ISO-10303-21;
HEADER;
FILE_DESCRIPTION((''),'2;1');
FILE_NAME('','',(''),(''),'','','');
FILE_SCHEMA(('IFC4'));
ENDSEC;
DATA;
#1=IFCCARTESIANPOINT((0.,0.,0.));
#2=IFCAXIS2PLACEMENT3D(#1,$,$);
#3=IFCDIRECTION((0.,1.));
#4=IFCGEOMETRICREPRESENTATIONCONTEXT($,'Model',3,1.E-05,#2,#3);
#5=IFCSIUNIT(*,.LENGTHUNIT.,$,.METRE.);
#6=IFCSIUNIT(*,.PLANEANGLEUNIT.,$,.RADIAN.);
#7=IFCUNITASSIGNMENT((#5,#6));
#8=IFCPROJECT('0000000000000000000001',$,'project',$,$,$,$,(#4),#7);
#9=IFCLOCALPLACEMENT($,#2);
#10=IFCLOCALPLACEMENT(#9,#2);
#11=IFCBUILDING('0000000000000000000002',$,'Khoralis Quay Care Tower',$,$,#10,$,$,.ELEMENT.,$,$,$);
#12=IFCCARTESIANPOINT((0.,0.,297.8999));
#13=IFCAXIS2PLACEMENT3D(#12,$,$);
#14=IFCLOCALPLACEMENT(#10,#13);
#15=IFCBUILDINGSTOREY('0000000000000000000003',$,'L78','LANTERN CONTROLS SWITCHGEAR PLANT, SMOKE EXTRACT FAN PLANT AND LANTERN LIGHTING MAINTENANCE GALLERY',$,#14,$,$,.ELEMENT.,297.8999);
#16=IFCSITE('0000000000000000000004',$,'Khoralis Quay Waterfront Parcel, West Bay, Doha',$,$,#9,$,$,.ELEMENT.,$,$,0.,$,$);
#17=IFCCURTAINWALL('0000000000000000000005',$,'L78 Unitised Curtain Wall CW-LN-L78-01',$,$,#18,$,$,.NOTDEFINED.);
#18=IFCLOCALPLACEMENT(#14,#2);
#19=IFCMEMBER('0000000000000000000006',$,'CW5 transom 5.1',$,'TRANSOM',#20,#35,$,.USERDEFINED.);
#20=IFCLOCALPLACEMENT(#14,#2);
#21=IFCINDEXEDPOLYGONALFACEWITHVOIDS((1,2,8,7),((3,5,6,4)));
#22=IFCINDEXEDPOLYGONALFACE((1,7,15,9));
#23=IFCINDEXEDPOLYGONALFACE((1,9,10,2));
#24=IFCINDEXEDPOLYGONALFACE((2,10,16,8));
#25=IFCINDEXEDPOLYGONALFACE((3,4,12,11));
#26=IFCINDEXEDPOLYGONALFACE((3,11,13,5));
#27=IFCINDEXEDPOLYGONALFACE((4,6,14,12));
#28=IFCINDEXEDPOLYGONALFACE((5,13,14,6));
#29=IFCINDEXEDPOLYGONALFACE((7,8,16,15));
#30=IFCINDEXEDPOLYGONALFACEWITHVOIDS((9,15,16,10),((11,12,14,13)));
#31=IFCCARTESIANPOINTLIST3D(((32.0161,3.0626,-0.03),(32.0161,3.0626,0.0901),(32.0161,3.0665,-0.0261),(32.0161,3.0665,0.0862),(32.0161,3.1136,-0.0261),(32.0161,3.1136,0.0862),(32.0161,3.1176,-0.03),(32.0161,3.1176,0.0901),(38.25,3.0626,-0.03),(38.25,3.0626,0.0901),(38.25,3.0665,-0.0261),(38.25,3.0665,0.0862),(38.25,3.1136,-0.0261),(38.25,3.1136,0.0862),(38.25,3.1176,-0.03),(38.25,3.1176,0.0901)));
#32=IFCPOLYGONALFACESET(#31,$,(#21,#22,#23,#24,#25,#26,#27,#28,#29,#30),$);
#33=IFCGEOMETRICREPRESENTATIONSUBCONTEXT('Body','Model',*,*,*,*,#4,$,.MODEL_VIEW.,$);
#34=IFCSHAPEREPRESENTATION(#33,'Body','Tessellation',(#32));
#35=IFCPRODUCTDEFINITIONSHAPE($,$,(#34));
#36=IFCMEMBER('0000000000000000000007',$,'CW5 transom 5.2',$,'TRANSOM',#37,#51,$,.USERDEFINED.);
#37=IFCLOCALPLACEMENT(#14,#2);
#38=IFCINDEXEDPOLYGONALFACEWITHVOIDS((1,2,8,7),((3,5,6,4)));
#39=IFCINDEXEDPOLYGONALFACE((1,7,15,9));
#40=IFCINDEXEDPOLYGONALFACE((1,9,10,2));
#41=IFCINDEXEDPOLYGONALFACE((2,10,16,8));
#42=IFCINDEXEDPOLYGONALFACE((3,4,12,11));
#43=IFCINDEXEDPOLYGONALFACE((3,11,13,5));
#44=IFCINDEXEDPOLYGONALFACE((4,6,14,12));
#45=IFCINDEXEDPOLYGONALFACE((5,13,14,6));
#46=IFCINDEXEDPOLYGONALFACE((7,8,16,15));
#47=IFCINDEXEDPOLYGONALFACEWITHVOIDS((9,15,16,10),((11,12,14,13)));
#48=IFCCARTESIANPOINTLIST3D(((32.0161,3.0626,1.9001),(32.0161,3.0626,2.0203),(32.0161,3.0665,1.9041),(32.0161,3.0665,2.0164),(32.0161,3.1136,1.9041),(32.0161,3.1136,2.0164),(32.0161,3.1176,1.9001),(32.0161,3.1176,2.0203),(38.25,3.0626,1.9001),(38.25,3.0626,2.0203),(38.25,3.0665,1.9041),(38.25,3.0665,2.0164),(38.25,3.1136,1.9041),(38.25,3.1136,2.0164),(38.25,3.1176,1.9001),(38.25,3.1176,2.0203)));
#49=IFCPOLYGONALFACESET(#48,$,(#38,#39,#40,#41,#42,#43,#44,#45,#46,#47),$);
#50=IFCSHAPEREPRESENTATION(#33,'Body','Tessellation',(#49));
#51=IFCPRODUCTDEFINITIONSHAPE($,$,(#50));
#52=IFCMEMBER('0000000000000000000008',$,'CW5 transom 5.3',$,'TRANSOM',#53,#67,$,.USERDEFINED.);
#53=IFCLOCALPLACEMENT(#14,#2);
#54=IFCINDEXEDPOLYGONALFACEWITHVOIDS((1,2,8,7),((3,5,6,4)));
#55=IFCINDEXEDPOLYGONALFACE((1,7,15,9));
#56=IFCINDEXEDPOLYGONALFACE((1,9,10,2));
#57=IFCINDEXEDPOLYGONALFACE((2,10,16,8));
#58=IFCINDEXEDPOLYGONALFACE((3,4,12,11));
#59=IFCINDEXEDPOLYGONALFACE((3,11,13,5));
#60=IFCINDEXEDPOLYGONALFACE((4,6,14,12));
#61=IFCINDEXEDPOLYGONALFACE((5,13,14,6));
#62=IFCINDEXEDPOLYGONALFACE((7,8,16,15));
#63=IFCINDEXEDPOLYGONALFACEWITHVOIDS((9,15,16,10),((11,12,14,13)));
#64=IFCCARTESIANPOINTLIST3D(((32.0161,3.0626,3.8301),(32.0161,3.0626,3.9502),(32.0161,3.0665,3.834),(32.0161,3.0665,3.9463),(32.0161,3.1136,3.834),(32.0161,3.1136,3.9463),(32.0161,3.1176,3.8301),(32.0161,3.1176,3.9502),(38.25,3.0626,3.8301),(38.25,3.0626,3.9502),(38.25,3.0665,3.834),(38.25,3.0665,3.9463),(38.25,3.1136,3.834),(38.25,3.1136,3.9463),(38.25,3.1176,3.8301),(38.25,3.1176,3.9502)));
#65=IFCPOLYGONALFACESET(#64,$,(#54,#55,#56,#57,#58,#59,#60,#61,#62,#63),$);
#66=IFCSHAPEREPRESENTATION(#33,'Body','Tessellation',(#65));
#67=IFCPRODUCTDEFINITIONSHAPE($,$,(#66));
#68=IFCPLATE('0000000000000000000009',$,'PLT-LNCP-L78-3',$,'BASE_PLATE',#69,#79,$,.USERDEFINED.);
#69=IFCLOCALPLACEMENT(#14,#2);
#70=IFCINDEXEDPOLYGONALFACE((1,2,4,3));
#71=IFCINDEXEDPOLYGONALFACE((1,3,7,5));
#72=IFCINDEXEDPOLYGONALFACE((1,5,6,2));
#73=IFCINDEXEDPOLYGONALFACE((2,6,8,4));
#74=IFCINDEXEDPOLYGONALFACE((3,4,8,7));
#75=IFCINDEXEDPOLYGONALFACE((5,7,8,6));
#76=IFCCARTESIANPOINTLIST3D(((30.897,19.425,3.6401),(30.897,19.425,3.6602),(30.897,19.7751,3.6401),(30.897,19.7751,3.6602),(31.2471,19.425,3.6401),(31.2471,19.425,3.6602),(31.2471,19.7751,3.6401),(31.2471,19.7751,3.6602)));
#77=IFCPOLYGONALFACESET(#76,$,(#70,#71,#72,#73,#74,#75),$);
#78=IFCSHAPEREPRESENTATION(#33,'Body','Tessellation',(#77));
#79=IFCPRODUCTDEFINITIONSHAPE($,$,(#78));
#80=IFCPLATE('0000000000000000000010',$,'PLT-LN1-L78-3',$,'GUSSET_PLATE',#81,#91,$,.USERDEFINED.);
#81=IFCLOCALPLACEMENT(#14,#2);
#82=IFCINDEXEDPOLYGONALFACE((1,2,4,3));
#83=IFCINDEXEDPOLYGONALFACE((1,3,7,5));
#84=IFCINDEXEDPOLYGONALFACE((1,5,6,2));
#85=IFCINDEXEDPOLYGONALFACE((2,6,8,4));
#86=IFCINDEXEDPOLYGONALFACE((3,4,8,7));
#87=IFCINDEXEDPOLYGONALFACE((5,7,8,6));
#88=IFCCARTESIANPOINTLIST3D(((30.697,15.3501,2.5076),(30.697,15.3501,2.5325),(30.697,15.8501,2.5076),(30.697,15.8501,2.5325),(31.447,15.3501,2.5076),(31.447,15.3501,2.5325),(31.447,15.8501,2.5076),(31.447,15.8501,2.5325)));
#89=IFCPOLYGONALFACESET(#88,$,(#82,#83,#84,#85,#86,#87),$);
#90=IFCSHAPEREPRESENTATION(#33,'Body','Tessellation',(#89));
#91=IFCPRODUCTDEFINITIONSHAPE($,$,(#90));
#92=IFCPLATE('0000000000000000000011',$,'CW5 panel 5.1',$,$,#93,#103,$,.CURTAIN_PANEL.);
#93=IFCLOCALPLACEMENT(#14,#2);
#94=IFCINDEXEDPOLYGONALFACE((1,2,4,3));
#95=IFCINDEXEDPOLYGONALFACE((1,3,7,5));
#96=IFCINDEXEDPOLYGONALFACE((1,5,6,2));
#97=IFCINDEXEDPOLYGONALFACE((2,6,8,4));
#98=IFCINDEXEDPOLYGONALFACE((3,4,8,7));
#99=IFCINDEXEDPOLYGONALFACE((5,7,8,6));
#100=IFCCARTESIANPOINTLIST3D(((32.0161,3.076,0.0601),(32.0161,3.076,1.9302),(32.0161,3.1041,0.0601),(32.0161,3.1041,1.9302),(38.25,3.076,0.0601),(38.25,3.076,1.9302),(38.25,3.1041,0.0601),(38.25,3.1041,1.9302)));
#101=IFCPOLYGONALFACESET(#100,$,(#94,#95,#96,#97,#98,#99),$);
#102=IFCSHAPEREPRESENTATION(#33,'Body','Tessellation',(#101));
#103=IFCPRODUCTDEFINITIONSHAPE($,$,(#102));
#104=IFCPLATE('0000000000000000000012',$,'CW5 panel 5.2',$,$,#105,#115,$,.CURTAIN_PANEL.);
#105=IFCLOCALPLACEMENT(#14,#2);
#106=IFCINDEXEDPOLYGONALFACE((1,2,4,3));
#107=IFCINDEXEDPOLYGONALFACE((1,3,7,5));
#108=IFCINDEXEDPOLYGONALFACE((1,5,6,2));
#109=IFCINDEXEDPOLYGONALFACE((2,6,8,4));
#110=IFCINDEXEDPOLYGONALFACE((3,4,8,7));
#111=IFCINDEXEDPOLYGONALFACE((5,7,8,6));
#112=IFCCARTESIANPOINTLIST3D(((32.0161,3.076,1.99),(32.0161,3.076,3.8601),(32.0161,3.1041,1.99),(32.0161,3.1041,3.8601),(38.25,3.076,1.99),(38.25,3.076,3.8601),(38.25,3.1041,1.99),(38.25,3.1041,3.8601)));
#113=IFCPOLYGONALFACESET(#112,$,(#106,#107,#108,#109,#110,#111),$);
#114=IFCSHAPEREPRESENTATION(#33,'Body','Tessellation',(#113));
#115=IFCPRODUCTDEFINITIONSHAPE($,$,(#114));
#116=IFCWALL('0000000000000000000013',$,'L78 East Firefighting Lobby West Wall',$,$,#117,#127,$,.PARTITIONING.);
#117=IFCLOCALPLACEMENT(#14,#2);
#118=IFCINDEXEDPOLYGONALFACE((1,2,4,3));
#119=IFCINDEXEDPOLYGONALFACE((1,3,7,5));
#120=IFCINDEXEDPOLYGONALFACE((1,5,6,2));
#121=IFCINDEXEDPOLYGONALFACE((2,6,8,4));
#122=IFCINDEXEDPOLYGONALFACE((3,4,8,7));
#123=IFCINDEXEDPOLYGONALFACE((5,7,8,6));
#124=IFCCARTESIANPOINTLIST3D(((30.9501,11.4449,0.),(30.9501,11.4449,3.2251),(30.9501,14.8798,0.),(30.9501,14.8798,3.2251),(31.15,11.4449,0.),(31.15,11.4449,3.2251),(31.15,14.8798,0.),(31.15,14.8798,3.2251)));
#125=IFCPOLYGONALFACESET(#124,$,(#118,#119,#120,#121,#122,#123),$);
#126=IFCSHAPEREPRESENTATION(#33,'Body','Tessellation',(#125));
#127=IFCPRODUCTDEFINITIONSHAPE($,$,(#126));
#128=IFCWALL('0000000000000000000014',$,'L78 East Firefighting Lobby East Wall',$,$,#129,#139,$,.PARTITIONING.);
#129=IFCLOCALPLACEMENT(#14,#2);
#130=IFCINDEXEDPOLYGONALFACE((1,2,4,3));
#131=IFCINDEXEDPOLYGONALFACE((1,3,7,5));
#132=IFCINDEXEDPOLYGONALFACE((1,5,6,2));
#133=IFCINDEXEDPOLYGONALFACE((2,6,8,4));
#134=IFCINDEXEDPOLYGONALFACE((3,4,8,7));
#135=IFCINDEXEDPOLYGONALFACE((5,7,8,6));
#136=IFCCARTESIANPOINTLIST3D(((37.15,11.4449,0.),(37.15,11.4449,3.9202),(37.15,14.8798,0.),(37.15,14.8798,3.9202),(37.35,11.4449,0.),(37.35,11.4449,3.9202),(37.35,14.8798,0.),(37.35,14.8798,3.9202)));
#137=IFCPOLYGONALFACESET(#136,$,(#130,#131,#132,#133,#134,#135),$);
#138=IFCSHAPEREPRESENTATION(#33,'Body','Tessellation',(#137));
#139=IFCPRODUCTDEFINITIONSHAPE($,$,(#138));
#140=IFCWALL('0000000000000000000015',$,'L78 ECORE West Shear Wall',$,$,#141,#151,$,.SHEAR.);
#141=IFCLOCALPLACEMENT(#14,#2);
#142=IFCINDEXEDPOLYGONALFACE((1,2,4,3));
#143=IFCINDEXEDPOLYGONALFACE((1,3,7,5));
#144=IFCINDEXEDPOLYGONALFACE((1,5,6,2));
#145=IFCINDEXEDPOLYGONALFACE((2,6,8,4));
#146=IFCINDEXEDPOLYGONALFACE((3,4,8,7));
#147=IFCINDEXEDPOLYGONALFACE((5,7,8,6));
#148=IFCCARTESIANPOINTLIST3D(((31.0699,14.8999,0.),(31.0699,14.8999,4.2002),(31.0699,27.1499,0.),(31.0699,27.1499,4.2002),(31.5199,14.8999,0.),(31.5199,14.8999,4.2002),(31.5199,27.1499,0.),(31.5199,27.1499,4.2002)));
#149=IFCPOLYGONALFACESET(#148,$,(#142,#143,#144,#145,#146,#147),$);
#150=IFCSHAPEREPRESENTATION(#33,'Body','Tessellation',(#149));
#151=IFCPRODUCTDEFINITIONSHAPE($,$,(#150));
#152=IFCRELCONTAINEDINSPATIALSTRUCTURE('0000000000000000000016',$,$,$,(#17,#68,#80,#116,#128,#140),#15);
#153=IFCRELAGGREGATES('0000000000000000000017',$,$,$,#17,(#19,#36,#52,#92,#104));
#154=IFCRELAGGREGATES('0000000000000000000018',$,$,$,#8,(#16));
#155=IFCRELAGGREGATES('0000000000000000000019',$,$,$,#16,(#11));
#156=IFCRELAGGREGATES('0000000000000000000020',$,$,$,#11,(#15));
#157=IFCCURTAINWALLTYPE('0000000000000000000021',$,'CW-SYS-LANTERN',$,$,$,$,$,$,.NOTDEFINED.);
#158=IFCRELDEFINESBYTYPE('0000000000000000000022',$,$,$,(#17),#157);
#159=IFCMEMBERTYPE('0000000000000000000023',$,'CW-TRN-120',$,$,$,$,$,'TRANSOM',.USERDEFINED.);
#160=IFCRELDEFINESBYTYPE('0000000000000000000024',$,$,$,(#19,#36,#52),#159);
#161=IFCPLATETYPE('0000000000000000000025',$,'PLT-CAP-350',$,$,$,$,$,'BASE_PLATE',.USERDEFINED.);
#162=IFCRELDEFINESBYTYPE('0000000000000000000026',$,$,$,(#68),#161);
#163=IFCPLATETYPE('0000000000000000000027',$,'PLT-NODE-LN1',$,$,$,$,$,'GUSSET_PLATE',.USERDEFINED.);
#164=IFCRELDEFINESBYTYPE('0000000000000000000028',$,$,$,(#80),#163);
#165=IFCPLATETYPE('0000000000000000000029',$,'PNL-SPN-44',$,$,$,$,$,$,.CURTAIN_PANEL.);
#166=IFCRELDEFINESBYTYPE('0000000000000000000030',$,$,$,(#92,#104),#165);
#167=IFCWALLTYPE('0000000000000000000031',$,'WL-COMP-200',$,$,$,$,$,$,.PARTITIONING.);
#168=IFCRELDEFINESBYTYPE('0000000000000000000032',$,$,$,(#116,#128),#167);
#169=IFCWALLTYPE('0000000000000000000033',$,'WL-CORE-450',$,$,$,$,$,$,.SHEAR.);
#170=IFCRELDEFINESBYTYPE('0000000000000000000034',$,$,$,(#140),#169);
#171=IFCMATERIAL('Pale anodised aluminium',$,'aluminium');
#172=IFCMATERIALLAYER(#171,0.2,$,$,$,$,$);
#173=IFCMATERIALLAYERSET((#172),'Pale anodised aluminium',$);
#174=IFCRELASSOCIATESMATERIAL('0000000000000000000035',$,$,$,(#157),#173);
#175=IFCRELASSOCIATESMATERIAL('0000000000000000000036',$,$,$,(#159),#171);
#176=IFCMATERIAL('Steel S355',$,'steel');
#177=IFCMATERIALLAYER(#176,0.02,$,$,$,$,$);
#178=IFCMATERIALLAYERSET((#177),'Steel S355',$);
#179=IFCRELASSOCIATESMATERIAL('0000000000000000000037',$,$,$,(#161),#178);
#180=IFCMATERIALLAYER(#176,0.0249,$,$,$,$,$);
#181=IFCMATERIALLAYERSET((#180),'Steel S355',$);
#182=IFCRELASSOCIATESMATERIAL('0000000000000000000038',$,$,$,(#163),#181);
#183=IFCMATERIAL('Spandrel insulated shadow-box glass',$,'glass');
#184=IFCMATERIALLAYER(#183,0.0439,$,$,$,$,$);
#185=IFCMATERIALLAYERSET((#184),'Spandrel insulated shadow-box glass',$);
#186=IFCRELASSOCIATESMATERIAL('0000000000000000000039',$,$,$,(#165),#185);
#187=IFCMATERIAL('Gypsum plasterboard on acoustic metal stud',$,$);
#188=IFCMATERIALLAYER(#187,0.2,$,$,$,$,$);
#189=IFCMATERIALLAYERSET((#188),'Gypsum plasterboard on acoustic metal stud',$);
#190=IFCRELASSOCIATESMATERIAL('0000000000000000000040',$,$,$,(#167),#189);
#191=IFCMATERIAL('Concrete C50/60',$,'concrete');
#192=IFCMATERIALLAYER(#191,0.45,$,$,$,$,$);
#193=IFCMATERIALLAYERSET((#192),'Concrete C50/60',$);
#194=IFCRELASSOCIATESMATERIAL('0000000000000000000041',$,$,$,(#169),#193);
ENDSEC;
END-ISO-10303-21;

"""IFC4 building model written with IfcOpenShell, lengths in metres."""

from ifc_helpers import new_model, si_unit, direction, frame, frame_2d, origin, origin_2d, place, context, subcontext, project, spatial, rectangle, hollow_rectangle, extrude, source, transform, mapped, material, layer, layer_set, material_profile, profile_set, type_object, element, aggregate, save


model = new_model("IFC4")

# Units and contexts
model_context = context("Model", 3, precision=1e-05, world=origin(), true_north=direction((0.0, 1.0)))
body_context = subcontext(model_context, "Body", "Model", "MODEL_VIEW")
ifc_project = project(units=[si_unit("LENGTHUNIT", "METRE"), si_unit("PLANEANGLEUNIT", "RADIAN")], contexts=[model_context])

# Site, building, storey
site_placement = place(None, origin())
site = spatial("IfcSite", under=ifc_project, at=site_placement, Name="Khoralis Quay Waterfront Parcel, West Bay, Doha", CompositionType="ELEMENT", RefElevation=0.0)
building_placement = place(site_placement, origin())
building = spatial("IfcBuilding", under=site, at=building_placement, Name="Khoralis Quay Care Tower", CompositionType="ELEMENT")
storey_placement = place(building_placement, frame((0.0, 0.0, 297.8999)))
storey = spatial("IfcBuildingStorey", under=building, at=storey_placement, Name="L78", Description="LANTERN CONTROLS SWITCHGEAR PLANT, SMOKE EXTRACT FAN PLANT AND LANTERN LIGHTING MAINTENANCE GALLERY", CompositionType="ELEMENT", Elevation=297.8999)

# Shared definitions
ifc_material_1 = material(Name="Steel S355", Category="steel")

# Curtain wall, members
ifc_material_2 = material(Name="Pale anodised aluminium", Category="aluminium")
ifc_layer_1 = layer(ifc_material_2, 0.2)
ifc_layer_set_1 = layer_set([ifc_layer_1], Name="Pale anodised aluminium")
curtain_wall_type = type_object("IfcCurtainWallType", Name="CW-SYS-LANTERN", PredefinedType="NOTDEFINED", material=ifc_layer_set_1)
curtain_wall_placement = place(storey_placement, origin())
curtain_wall = element("IfcCurtainWall", 1, at=curtain_wall_placement, inside=storey, type_object=curtain_wall_type, Name="L78 Unitised Curtain Wall CW-LN-L78-01", PredefinedType="NOTDEFINED")
ifc_material_profile_1 = material_profile(ifc_material_2, hollow_rectangle(XDim=0.0549, YDim=0.1201, WallThickness=0.0039, at=origin_2d()), Name="Pale anodised aluminium")
ifc_profile_set_1 = profile_set([ifc_material_profile_1], Name="Pale anodised aluminium")
member_type_1 = type_object("IfcMemberType", Name="CW-TRN-120", ElementType="TRANSOM", PredefinedType="USERDEFINED", material=ifc_profile_set_1)
shared_shape_1 = source(origin(), body_context, "Body", "SweptSolid", [
    extrude(hollow_rectangle(XDim=0.0549, YDim=0.1201, WallThickness=0.0039, at=origin_2d()), origin(), (0.0, 0.0, 1.0), 6.2339),
])
member_1_placement = place(storey_placement, frame((32.0161, 3.0901, 0.03), z_axis=(1.0, 0.0, 0.0), x_axis=(0.0, 1.0, 0.0)))
member_1 = element("IfcMember", 2, at=member_1_placement, type_object=member_type_1, Name="CW5 transom 5.1", ObjectType="TRANSOM", PredefinedType="USERDEFINED", context=body_context, shape_type="MappedRepresentation", body=[
    mapped(shared_shape_1, transform((0.0, 0.0, 0.0), scale=1.0)),
])
member_2_placement = place(storey_placement, frame((32.0161, 3.0901, 1.9602), z_axis=(1.0, 0.0, 0.0), x_axis=(0.0, 1.0, 0.0)))
member_2 = element("IfcMember", 3, at=member_2_placement, type_object=member_type_1, Name="CW5 transom 5.2", ObjectType="TRANSOM", PredefinedType="USERDEFINED", context=body_context, shape_type="MappedRepresentation", body=[
    mapped(shared_shape_1, transform((0.0, 0.0, 0.0), scale=1.0)),
])
member_3_placement = place(storey_placement, frame((32.0161, 3.0901, 3.8901), z_axis=(1.0, 0.0, 0.0), x_axis=(0.0, 1.0, 0.0)))
member_3 = element("IfcMember", 4, at=member_3_placement, type_object=member_type_1, Name="CW5 transom 5.3", ObjectType="TRANSOM", PredefinedType="USERDEFINED", context=body_context, shape_type="MappedRepresentation", body=[
    mapped(shared_shape_1, transform((0.0, 0.0, 0.0), scale=1.0)),
])

# Plates
ifc_layer_2 = layer(ifc_material_1, 0.02)
ifc_layer_set_2 = layer_set([ifc_layer_2], Name="Steel S355")
plate_type_1 = type_object("IfcPlateType", Name="PLT-CAP-350", ElementType="BASE_PLATE", PredefinedType="USERDEFINED", material=ifc_layer_set_2)
shared_shape_2 = source(origin(), body_context, "Body", "SweptSolid", [
    extrude(rectangle(XDim=0.3501, YDim=0.3501, at=origin_2d()), origin(), (0.0, 0.0, 1.0), 0.02),
])
plate_1_placement = place(storey_placement, frame((31.072, 19.6001, 3.6401), z_axis=(0.0, 0.0, 1.0), x_axis=(1.0, 0.0, 0.0)))
element("IfcPlate", 5, at=plate_1_placement, inside=storey, type_object=plate_type_1, Name="PLT-LNCP-L78-3", ObjectType="BASE_PLATE", PredefinedType="USERDEFINED", context=body_context, shape_type="MappedRepresentation", body=[
    mapped(shared_shape_2, transform((0.0, 0.0, 0.0), scale=1.0)),
])
ifc_layer_3 = layer(ifc_material_1, 0.0249)
ifc_layer_set_3 = layer_set([ifc_layer_3], Name="Steel S355")
plate_type_2 = type_object("IfcPlateType", Name="PLT-NODE-LN1", ElementType="GUSSET_PLATE", PredefinedType="USERDEFINED", material=ifc_layer_set_3)
shared_shape_3 = source(origin(), body_context, "Body", "SweptSolid", [
    extrude(rectangle(XDim=0.75, YDim=0.5, at=origin_2d()), origin(), (0.0, 0.0, 1.0), 0.0249),
])
plate_2_placement = place(storey_placement, frame((31.072, 15.6001, 2.5076), z_axis=(0.0, 0.0, 1.0), x_axis=(1.0, 0.0, 0.0)))
element("IfcPlate", 6, at=plate_2_placement, inside=storey, type_object=plate_type_2, Name="PLT-LN1-L78-3", ObjectType="GUSSET_PLATE", PredefinedType="USERDEFINED", context=body_context, shape_type="MappedRepresentation", body=[
    mapped(shared_shape_3, transform((0.0, 0.0, 0.0), scale=1.0)),
])

# Plates
ifc_material_3 = material(Name="Spandrel insulated shadow-box glass", Category="glass")
ifc_layer_4 = layer(ifc_material_3, 0.0439)
ifc_layer_set_4 = layer_set([ifc_layer_4], Name="Spandrel insulated shadow-box glass")
plate_type_3 = type_object("IfcPlateType", Name="PNL-SPN-44", PredefinedType="CURTAIN_PANEL", material=ifc_layer_set_4)
shared_shape_4 = source(origin(), body_context, "Body", "SweptSolid", [
    extrude(rectangle(XDim=6.2339, YDim=0.0281, at=origin_2d()), origin(), (0.0, 0.0, 1.0), 1.8701),
])
plate_3_placement = place(storey_placement, frame((35.1331, 3.0901, 0.0601), z_axis=(0.0, 0.0, 1.0), x_axis=(1.0, 0.0, 0.0)))
plate_3 = element("IfcPlate", 7, at=plate_3_placement, type_object=plate_type_3, Name="CW5 panel 5.1", PredefinedType="CURTAIN_PANEL", context=body_context, shape_type="MappedRepresentation", body=[
    mapped(shared_shape_4, transform((0.0, 0.0, 0.0), scale=1.0)),
])
plate_4_placement = place(storey_placement, frame((35.1331, 3.0901, 1.99), z_axis=(0.0, 0.0, 1.0), x_axis=(1.0, 0.0, 0.0)))
plate_4 = element("IfcPlate", 8, at=plate_4_placement, type_object=plate_type_3, Name="CW5 panel 5.2", PredefinedType="CURTAIN_PANEL", context=body_context, shape_type="MappedRepresentation", body=[
    mapped(shared_shape_4, transform((0.0, 0.0, 0.0), scale=1.0)),
])
aggregate(curtain_wall, [member_1, member_2, member_3, plate_3, plate_4])

# Walls
ifc_material_4 = material(Name="Gypsum plasterboard on acoustic metal stud")
ifc_layer_5 = layer(ifc_material_4, 0.2)
ifc_layer_set_5 = layer_set([ifc_layer_5], Name="Gypsum plasterboard on acoustic metal stud")
wall_type_1 = type_object("IfcWallType", Name="WL-COMP-200", PredefinedType="PARTITIONING", material=ifc_layer_set_5)
wall_1_placement = place(storey_placement, frame((31.05, 11.4451, 0.0), z_axis=(0.0, 0.0, 1.0), x_axis=(0.0, 1.0, 0.0)))
element("IfcWall", 9, at=wall_1_placement, inside=storey, type_object=wall_type_1, Name="L78 East Firefighting Lobby West Wall", PredefinedType="PARTITIONING", context=body_context, shape_type="SweptSolid", body=[
    extrude(rectangle(XDim=3.4348, YDim=0.2, at=frame_2d((1.7173, 0.0))), origin(), (0.0, 0.0, 1.0), 3.2251),
])
wall_2_placement = place(storey_placement, frame((37.25, 11.4451, 0.0), z_axis=(0.0, 0.0, 1.0), x_axis=(0.0, 1.0, 0.0)))
element("IfcWall", 10, at=wall_2_placement, inside=storey, type_object=wall_type_1, Name="L78 East Firefighting Lobby East Wall", PredefinedType="PARTITIONING", context=body_context, shape_type="SweptSolid", body=[
    extrude(rectangle(XDim=3.4348, YDim=0.2, at=frame_2d((1.7173, 0.0))), origin(), (0.0, 0.0, 1.0), 3.9202),
])
ifc_material_5 = material(Name="Concrete C50/60", Category="concrete")
ifc_layer_6 = layer(ifc_material_5, 0.45)
ifc_layer_set_6 = layer_set([ifc_layer_6], Name="Concrete C50/60")
wall_type_2 = type_object("IfcWallType", Name="WL-CORE-450", PredefinedType="SHEAR", material=ifc_layer_set_6)
wall_3_placement = place(storey_placement, frame((31.2949, 14.8999, 0.0), z_axis=(0.0, 0.0, 1.0), x_axis=(0.0, 1.0, 0.0)))
element("IfcWall", 11, at=wall_3_placement, inside=storey, type_object=wall_type_2, Name="L78 ECORE West Shear Wall", PredefinedType="SHEAR", context=body_context, shape_type="SweptSolid", body=[
    extrude(rectangle(XDim=12.25, YDim=0.45, at=frame_2d((6.125, 0.0))), origin(), (0.0, 0.0, 1.0), 4.2002),
])

save(model, "model.ifc")
